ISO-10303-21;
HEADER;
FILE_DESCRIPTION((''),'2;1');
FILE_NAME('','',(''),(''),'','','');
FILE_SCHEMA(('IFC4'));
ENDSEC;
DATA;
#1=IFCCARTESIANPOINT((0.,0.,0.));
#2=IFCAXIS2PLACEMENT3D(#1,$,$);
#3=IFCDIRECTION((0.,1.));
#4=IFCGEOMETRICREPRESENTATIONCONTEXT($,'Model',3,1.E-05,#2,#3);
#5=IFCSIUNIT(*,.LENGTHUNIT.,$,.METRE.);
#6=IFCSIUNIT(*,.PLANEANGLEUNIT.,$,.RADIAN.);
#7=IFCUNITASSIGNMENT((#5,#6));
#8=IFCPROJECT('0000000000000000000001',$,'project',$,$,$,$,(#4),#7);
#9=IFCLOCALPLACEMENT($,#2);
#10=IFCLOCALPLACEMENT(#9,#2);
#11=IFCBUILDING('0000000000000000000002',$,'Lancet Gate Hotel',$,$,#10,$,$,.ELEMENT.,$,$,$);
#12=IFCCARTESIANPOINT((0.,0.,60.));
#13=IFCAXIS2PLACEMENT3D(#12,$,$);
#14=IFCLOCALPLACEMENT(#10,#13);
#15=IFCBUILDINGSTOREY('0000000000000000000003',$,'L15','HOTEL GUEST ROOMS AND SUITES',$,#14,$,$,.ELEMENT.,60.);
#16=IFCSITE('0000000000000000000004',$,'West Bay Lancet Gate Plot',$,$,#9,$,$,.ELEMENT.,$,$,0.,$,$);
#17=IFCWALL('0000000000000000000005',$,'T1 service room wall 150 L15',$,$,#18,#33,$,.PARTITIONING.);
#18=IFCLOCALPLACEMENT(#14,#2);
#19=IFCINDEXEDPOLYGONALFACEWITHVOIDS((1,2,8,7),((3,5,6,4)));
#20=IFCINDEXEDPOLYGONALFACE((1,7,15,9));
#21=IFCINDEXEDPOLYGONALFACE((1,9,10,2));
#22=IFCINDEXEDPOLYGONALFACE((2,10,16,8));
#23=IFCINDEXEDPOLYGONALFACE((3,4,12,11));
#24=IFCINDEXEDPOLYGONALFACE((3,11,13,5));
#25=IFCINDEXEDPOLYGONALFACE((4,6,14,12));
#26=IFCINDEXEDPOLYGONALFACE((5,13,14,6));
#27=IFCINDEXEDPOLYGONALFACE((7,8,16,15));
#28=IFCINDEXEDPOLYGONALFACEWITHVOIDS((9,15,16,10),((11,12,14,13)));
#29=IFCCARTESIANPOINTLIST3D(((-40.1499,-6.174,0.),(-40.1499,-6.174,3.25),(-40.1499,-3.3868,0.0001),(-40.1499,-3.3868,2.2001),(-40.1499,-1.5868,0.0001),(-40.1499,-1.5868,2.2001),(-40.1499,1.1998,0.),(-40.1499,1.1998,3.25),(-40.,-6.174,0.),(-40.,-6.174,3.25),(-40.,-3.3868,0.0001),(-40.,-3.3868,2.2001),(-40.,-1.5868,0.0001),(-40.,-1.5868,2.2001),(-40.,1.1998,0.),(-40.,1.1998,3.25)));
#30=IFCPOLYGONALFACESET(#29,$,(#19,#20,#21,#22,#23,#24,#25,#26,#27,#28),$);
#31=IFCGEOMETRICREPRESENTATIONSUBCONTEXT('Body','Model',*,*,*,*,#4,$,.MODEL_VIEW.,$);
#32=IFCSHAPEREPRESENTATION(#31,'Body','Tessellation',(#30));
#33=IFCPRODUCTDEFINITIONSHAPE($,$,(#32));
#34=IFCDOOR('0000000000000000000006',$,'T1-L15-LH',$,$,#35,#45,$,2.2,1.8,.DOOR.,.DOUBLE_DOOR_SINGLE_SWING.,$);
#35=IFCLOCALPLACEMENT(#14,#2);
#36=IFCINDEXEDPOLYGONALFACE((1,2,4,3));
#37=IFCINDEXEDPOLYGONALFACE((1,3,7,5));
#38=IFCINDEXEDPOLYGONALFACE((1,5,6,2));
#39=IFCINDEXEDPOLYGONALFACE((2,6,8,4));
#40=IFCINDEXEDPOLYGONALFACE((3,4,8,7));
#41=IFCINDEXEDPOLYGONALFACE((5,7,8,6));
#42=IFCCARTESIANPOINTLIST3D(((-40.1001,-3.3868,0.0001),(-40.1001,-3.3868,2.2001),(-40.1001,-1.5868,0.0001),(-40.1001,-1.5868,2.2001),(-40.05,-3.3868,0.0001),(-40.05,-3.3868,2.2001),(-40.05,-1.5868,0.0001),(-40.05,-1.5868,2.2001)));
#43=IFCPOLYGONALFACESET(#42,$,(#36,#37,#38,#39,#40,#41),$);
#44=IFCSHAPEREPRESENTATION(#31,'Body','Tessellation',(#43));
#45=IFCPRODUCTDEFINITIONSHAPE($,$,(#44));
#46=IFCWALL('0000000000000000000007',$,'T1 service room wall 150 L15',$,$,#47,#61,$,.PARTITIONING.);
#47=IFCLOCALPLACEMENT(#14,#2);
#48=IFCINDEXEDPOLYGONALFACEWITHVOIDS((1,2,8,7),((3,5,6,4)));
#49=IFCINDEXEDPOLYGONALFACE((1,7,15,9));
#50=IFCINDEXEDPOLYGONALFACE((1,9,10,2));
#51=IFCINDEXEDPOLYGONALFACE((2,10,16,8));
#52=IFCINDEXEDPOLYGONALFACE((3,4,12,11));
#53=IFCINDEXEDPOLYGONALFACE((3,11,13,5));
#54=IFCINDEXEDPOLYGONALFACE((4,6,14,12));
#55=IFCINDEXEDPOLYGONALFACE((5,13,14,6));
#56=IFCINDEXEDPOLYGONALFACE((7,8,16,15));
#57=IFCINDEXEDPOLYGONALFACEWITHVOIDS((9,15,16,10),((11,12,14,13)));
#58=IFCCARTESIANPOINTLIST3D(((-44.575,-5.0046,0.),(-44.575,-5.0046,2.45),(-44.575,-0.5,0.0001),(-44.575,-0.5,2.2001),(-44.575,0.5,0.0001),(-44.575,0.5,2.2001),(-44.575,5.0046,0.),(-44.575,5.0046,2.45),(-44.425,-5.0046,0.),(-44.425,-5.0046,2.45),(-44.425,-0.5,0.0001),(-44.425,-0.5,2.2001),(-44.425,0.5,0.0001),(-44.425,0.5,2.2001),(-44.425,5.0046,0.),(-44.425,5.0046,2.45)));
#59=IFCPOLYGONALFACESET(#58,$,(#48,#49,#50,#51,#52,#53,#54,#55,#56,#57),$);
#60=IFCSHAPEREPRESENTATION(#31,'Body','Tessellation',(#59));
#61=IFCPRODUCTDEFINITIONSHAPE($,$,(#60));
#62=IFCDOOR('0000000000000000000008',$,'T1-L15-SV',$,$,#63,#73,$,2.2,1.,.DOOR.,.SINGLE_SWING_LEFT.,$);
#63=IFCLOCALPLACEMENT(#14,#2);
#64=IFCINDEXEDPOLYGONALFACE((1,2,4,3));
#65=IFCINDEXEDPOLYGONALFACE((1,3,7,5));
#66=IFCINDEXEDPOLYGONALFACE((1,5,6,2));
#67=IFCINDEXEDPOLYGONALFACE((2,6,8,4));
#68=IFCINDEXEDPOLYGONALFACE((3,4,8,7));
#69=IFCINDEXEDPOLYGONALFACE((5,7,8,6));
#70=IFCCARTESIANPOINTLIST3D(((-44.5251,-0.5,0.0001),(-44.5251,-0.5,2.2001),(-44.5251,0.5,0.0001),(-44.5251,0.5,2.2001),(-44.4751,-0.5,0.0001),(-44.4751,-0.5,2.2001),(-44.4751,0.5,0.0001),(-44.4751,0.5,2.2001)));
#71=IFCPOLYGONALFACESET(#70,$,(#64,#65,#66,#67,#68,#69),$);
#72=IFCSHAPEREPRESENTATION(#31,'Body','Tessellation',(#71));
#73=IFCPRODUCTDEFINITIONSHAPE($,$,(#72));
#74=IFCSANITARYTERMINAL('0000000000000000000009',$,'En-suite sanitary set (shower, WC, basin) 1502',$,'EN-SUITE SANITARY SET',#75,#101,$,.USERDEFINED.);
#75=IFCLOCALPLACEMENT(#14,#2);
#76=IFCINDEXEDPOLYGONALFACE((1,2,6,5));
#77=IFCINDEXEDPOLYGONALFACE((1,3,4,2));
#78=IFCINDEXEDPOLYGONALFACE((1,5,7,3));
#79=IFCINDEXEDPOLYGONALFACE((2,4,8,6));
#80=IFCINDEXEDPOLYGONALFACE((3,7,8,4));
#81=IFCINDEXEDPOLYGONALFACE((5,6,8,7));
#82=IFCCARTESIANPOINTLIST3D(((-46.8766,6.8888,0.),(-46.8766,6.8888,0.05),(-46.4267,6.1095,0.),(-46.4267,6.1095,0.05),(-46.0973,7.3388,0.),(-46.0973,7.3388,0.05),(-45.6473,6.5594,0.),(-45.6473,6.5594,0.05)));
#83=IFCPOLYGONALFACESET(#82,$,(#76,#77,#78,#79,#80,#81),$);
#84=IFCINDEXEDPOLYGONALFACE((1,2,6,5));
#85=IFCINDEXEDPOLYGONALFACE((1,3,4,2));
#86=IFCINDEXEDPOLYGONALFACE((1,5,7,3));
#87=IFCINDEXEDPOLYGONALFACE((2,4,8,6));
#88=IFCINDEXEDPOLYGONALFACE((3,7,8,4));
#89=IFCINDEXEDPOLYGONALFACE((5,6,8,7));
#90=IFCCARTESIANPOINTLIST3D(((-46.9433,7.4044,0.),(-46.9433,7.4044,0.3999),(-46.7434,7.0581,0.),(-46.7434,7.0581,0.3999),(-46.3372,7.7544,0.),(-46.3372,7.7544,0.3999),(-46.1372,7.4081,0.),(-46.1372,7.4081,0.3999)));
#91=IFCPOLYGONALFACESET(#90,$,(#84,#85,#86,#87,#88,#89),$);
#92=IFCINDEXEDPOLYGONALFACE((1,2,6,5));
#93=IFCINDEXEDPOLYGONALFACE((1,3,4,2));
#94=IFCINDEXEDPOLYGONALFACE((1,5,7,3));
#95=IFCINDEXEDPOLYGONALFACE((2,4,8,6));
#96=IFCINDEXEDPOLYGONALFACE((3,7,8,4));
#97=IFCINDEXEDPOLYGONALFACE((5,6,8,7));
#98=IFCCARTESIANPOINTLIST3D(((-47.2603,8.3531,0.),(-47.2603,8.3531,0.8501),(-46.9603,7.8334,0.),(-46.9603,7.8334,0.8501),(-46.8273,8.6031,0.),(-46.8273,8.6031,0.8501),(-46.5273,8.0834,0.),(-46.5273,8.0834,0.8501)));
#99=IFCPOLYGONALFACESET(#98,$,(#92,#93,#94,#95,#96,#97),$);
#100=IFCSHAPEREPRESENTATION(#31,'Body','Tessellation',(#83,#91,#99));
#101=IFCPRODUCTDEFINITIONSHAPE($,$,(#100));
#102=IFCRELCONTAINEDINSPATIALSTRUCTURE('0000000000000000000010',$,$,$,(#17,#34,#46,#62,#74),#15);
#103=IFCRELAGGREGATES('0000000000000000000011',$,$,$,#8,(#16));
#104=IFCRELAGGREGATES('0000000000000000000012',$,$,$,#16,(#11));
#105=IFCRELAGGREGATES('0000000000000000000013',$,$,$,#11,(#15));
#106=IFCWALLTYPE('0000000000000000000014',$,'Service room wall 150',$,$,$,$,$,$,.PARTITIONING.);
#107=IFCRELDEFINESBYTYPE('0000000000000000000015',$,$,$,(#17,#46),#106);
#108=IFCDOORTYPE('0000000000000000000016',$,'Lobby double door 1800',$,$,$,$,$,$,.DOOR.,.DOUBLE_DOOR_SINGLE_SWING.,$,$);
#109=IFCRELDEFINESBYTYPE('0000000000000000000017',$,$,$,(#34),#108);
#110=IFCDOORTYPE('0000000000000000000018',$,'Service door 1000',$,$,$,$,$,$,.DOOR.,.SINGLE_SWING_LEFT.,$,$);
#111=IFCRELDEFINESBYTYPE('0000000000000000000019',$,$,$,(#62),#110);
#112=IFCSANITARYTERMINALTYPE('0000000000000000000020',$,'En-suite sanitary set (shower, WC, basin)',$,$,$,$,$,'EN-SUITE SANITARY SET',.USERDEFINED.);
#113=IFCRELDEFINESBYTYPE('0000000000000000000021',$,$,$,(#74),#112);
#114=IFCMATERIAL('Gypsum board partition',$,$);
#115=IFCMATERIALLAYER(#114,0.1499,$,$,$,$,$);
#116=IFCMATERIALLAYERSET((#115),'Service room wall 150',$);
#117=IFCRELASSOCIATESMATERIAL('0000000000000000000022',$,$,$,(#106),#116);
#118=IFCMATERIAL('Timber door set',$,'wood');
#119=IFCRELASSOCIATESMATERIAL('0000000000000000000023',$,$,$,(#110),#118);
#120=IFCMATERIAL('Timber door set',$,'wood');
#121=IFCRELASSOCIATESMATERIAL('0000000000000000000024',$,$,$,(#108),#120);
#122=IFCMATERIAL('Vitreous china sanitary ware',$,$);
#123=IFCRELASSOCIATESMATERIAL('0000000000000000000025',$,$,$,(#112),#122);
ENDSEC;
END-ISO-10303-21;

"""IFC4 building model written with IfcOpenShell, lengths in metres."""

from ifc_helpers import new_model, si_unit, direction, frame, frame_2d, origin, origin_2d, place, context, subcontext, project, spatial, rectangle, extrude, material, layer, layer_set, type_object, element, fill, save


model = new_model("IFC4")

# Units and contexts
model_context = context("Model", 3, precision=1e-05, world=origin(), true_north=direction((0.0, 1.0)))
body_context = subcontext(model_context, "Body", "Model", "MODEL_VIEW")
ifc_project = project(units=[si_unit("LENGTHUNIT", "METRE"), si_unit("PLANEANGLEUNIT", "RADIAN")], contexts=[model_context])

# Site, building, storey
site_placement = place(None, origin())
site = spatial("IfcSite", under=ifc_project, at=site_placement, Name="West Bay Lancet Gate Plot", CompositionType="ELEMENT", RefElevation=0.0)
building_placement = place(site_placement, origin())
building = spatial("IfcBuilding", under=site, at=building_placement, Name="Lancet Gate Hotel", CompositionType="ELEMENT")
storey_placement = place(building_placement, frame((0.0, 0.0, 60.0)))
storey = spatial("IfcBuildingStorey", under=building, at=storey_placement, Name="L15", Description="HOTEL GUEST ROOMS AND SUITES", CompositionType="ELEMENT", Elevation=60.0)

# Walls, openings, doors
ifc_material_1 = material(Name="Gypsum board partition")
ifc_layer_1 = layer(ifc_material_1, 0.1499)
ifc_layer_set_1 = layer_set([ifc_layer_1], Name="Service room wall 150")
wall_type_1 = type_object("IfcWallType", Name="Service room wall 150", PredefinedType="PARTITIONING", material=ifc_layer_set_1)
ifc_material_2 = material(Name="Timber door set", Category="wood")
door_type_1 = type_object("IfcDoorType", Name="Service door 1000", OperationType="SINGLE_SWING_LEFT", PredefinedType="DOOR", material=ifc_material_2)
wall_1_placement = place(storey_placement, frame((-40.075, 1.2, 0.0), z_axis=(0.0, 0.0, 1.0), x_axis=(0.0, -1.0, 0.0)))
wall_1 = element("IfcWall", 1, at=wall_1_placement, inside=storey, type_object=wall_type_1, Name="T1 service room wall 150 L15", PredefinedType="PARTITIONING", context=body_context, shape_type="SweptSolid", body=[
    extrude(rectangle(XDim=7.3738, YDim=0.1499, at=frame_2d((3.687, 0.0))), origin(), (0.0, 0.0, 1.0), 3.25),
])
opening_1_placement = place(wall_1_placement, frame((2.7869, 0.0, 0.0)))
opening_1 = element("IfcOpeningElement", 2, at=opening_1_placement, cuts=wall_1, PredefinedType="OPENING", context=body_context, shape_type="SweptSolid", body=[
    extrude(rectangle(XDim=1.8, YDim=2.2, at=frame_2d((0.8999, 1.1001))), frame((0.0, 0.085, 0.0), z_axis=(0.0, -1.0, 0.0), x_axis=(1.0, 0.0, 0.0)), (0.0, 0.0, 1.0), 0.1699),
])
ifc_material_3 = material(Name="Timber door set", Category="wood")
door_type_2 = type_object("IfcDoorType", Name="Lobby double door 1800", OperationType="DOUBLE_DOOR_SINGLE_SWING", PredefinedType="DOOR", material=ifc_material_3)
door_1_placement = place(opening_1_placement, origin())
door_1 = element("IfcDoor", 3, at=door_1_placement, inside=storey, type_object=door_type_2, Name="T1-L15-LH", OperationType="DOUBLE_DOOR_SINGLE_SWING", OverallHeight=2.2, OverallWidth=1.8, PredefinedType="DOOR", context=body_context, shape_type="SweptSolid", body=[
    extrude(rectangle(XDim=1.8, YDim=2.2, at=frame_2d((0.8999, 1.1001))), frame((0.0, 0.0249, 0.0), z_axis=(0.0, -1.0, 0.0), x_axis=(1.0, 0.0, 0.0)), (0.0, 0.0, 1.0), 0.05),
])
fill(opening_1, door_1)
wall_2_placement = place(storey_placement, frame((-44.5, 5.0046, 0.0), z_axis=(0.0, 0.0, 1.0), x_axis=(0.0, -1.0, 0.0)))
wall_2 = element("IfcWall", 4, at=wall_2_placement, inside=storey, type_object=wall_type_1, Name="T1 service room wall 150 L15", PredefinedType="PARTITIONING", context=body_context, shape_type="SweptSolid", body=[
    extrude(rectangle(XDim=10.0093, YDim=0.1499, at=frame_2d((5.0046, 0.0))), origin(), (0.0, 0.0, 1.0), 2.45),
])
opening_2_placement = place(wall_2_placement, frame((4.5046, 0.0, 0.0)))
opening_2 = element("IfcOpeningElement", 5, at=opening_2_placement, cuts=wall_2, PredefinedType="OPENING", context=body_context, shape_type="SweptSolid", body=[
    extrude(rectangle(XDim=1.0, YDim=2.2, at=frame_2d((0.5, 1.1001))), frame((0.0, 0.085, 0.0), z_axis=(0.0, -1.0, 0.0), x_axis=(1.0, 0.0, 0.0)), (0.0, 0.0, 1.0), 0.1699),
])
door_2_placement = place(opening_2_placement, origin())
door_2 = element("IfcDoor", 6, at=door_2_placement, inside=storey, type_object=door_type_1, Name="T1-L15-SV", OperationType="SINGLE_SWING_LEFT", OverallHeight=2.2, OverallWidth=1.0, PredefinedType="DOOR", context=body_context, shape_type="SweptSolid", body=[
    extrude(rectangle(XDim=1.0, YDim=2.2, at=frame_2d((0.5, 1.1001))), frame((0.0, 0.0249, 0.0), z_axis=(0.0, -1.0, 0.0), x_axis=(1.0, 0.0, 0.0)), (0.0, 0.0, 1.0), 0.05),
])
fill(opening_2, door_2)

# Sanitary terminal
ifc_material_4 = material(Name="Vitreous china sanitary ware")
sanitary_terminal_type = type_object("IfcSanitaryTerminalType", Name="En-suite sanitary set (shower, WC, basin)", ElementType="EN-SUITE SANITARY SET", PredefinedType="USERDEFINED", material=ifc_material_4)
sanitary_terminal_placement = place(storey_placement, frame((-46.262, 6.7241, 0.0), z_axis=(0.0, 0.0, 1.0), x_axis=(1.0, 0.0, 0.0)))
element("IfcSanitaryTerminal", 7, at=sanitary_terminal_placement, inside=storey, type_object=sanitary_terminal_type, Name="En-suite sanitary set (shower, WC, basin) 1502", ObjectType="EN-SUITE SANITARY SET", PredefinedType="USERDEFINED", context=body_context, shape_type="SweptSolid", body=[
    extrude(rectangle(XDim=0.8999, YDim=0.8999, at=origin_2d()), frame((0.0, 0.0, 0.0), z_axis=(0.0, 0.0, 1.0), x_axis=(0.5, -0.866025, 0.0)), (0.0, 0.0, 1.0), 0.05),
    extrude(rectangle(XDim=0.3999, YDim=0.7, at=origin_2d()), frame((-0.2783, 0.6821, 0.0), z_axis=(0.0, 0.0, 1.0), x_axis=(0.5, -0.866025, 0.0)), (0.0, 0.0, 1.0), 0.3999),
    extrude(rectangle(XDim=0.6001, YDim=0.5, at=origin_2d()), frame((-0.6318, 1.4941, 0.0), z_axis=(0.0, 0.0, 1.0), x_axis=(0.5, -0.866025, 0.0)), (0.0, 0.0, 1.0), 0.8501),
])

save(model, "model.ifc")
